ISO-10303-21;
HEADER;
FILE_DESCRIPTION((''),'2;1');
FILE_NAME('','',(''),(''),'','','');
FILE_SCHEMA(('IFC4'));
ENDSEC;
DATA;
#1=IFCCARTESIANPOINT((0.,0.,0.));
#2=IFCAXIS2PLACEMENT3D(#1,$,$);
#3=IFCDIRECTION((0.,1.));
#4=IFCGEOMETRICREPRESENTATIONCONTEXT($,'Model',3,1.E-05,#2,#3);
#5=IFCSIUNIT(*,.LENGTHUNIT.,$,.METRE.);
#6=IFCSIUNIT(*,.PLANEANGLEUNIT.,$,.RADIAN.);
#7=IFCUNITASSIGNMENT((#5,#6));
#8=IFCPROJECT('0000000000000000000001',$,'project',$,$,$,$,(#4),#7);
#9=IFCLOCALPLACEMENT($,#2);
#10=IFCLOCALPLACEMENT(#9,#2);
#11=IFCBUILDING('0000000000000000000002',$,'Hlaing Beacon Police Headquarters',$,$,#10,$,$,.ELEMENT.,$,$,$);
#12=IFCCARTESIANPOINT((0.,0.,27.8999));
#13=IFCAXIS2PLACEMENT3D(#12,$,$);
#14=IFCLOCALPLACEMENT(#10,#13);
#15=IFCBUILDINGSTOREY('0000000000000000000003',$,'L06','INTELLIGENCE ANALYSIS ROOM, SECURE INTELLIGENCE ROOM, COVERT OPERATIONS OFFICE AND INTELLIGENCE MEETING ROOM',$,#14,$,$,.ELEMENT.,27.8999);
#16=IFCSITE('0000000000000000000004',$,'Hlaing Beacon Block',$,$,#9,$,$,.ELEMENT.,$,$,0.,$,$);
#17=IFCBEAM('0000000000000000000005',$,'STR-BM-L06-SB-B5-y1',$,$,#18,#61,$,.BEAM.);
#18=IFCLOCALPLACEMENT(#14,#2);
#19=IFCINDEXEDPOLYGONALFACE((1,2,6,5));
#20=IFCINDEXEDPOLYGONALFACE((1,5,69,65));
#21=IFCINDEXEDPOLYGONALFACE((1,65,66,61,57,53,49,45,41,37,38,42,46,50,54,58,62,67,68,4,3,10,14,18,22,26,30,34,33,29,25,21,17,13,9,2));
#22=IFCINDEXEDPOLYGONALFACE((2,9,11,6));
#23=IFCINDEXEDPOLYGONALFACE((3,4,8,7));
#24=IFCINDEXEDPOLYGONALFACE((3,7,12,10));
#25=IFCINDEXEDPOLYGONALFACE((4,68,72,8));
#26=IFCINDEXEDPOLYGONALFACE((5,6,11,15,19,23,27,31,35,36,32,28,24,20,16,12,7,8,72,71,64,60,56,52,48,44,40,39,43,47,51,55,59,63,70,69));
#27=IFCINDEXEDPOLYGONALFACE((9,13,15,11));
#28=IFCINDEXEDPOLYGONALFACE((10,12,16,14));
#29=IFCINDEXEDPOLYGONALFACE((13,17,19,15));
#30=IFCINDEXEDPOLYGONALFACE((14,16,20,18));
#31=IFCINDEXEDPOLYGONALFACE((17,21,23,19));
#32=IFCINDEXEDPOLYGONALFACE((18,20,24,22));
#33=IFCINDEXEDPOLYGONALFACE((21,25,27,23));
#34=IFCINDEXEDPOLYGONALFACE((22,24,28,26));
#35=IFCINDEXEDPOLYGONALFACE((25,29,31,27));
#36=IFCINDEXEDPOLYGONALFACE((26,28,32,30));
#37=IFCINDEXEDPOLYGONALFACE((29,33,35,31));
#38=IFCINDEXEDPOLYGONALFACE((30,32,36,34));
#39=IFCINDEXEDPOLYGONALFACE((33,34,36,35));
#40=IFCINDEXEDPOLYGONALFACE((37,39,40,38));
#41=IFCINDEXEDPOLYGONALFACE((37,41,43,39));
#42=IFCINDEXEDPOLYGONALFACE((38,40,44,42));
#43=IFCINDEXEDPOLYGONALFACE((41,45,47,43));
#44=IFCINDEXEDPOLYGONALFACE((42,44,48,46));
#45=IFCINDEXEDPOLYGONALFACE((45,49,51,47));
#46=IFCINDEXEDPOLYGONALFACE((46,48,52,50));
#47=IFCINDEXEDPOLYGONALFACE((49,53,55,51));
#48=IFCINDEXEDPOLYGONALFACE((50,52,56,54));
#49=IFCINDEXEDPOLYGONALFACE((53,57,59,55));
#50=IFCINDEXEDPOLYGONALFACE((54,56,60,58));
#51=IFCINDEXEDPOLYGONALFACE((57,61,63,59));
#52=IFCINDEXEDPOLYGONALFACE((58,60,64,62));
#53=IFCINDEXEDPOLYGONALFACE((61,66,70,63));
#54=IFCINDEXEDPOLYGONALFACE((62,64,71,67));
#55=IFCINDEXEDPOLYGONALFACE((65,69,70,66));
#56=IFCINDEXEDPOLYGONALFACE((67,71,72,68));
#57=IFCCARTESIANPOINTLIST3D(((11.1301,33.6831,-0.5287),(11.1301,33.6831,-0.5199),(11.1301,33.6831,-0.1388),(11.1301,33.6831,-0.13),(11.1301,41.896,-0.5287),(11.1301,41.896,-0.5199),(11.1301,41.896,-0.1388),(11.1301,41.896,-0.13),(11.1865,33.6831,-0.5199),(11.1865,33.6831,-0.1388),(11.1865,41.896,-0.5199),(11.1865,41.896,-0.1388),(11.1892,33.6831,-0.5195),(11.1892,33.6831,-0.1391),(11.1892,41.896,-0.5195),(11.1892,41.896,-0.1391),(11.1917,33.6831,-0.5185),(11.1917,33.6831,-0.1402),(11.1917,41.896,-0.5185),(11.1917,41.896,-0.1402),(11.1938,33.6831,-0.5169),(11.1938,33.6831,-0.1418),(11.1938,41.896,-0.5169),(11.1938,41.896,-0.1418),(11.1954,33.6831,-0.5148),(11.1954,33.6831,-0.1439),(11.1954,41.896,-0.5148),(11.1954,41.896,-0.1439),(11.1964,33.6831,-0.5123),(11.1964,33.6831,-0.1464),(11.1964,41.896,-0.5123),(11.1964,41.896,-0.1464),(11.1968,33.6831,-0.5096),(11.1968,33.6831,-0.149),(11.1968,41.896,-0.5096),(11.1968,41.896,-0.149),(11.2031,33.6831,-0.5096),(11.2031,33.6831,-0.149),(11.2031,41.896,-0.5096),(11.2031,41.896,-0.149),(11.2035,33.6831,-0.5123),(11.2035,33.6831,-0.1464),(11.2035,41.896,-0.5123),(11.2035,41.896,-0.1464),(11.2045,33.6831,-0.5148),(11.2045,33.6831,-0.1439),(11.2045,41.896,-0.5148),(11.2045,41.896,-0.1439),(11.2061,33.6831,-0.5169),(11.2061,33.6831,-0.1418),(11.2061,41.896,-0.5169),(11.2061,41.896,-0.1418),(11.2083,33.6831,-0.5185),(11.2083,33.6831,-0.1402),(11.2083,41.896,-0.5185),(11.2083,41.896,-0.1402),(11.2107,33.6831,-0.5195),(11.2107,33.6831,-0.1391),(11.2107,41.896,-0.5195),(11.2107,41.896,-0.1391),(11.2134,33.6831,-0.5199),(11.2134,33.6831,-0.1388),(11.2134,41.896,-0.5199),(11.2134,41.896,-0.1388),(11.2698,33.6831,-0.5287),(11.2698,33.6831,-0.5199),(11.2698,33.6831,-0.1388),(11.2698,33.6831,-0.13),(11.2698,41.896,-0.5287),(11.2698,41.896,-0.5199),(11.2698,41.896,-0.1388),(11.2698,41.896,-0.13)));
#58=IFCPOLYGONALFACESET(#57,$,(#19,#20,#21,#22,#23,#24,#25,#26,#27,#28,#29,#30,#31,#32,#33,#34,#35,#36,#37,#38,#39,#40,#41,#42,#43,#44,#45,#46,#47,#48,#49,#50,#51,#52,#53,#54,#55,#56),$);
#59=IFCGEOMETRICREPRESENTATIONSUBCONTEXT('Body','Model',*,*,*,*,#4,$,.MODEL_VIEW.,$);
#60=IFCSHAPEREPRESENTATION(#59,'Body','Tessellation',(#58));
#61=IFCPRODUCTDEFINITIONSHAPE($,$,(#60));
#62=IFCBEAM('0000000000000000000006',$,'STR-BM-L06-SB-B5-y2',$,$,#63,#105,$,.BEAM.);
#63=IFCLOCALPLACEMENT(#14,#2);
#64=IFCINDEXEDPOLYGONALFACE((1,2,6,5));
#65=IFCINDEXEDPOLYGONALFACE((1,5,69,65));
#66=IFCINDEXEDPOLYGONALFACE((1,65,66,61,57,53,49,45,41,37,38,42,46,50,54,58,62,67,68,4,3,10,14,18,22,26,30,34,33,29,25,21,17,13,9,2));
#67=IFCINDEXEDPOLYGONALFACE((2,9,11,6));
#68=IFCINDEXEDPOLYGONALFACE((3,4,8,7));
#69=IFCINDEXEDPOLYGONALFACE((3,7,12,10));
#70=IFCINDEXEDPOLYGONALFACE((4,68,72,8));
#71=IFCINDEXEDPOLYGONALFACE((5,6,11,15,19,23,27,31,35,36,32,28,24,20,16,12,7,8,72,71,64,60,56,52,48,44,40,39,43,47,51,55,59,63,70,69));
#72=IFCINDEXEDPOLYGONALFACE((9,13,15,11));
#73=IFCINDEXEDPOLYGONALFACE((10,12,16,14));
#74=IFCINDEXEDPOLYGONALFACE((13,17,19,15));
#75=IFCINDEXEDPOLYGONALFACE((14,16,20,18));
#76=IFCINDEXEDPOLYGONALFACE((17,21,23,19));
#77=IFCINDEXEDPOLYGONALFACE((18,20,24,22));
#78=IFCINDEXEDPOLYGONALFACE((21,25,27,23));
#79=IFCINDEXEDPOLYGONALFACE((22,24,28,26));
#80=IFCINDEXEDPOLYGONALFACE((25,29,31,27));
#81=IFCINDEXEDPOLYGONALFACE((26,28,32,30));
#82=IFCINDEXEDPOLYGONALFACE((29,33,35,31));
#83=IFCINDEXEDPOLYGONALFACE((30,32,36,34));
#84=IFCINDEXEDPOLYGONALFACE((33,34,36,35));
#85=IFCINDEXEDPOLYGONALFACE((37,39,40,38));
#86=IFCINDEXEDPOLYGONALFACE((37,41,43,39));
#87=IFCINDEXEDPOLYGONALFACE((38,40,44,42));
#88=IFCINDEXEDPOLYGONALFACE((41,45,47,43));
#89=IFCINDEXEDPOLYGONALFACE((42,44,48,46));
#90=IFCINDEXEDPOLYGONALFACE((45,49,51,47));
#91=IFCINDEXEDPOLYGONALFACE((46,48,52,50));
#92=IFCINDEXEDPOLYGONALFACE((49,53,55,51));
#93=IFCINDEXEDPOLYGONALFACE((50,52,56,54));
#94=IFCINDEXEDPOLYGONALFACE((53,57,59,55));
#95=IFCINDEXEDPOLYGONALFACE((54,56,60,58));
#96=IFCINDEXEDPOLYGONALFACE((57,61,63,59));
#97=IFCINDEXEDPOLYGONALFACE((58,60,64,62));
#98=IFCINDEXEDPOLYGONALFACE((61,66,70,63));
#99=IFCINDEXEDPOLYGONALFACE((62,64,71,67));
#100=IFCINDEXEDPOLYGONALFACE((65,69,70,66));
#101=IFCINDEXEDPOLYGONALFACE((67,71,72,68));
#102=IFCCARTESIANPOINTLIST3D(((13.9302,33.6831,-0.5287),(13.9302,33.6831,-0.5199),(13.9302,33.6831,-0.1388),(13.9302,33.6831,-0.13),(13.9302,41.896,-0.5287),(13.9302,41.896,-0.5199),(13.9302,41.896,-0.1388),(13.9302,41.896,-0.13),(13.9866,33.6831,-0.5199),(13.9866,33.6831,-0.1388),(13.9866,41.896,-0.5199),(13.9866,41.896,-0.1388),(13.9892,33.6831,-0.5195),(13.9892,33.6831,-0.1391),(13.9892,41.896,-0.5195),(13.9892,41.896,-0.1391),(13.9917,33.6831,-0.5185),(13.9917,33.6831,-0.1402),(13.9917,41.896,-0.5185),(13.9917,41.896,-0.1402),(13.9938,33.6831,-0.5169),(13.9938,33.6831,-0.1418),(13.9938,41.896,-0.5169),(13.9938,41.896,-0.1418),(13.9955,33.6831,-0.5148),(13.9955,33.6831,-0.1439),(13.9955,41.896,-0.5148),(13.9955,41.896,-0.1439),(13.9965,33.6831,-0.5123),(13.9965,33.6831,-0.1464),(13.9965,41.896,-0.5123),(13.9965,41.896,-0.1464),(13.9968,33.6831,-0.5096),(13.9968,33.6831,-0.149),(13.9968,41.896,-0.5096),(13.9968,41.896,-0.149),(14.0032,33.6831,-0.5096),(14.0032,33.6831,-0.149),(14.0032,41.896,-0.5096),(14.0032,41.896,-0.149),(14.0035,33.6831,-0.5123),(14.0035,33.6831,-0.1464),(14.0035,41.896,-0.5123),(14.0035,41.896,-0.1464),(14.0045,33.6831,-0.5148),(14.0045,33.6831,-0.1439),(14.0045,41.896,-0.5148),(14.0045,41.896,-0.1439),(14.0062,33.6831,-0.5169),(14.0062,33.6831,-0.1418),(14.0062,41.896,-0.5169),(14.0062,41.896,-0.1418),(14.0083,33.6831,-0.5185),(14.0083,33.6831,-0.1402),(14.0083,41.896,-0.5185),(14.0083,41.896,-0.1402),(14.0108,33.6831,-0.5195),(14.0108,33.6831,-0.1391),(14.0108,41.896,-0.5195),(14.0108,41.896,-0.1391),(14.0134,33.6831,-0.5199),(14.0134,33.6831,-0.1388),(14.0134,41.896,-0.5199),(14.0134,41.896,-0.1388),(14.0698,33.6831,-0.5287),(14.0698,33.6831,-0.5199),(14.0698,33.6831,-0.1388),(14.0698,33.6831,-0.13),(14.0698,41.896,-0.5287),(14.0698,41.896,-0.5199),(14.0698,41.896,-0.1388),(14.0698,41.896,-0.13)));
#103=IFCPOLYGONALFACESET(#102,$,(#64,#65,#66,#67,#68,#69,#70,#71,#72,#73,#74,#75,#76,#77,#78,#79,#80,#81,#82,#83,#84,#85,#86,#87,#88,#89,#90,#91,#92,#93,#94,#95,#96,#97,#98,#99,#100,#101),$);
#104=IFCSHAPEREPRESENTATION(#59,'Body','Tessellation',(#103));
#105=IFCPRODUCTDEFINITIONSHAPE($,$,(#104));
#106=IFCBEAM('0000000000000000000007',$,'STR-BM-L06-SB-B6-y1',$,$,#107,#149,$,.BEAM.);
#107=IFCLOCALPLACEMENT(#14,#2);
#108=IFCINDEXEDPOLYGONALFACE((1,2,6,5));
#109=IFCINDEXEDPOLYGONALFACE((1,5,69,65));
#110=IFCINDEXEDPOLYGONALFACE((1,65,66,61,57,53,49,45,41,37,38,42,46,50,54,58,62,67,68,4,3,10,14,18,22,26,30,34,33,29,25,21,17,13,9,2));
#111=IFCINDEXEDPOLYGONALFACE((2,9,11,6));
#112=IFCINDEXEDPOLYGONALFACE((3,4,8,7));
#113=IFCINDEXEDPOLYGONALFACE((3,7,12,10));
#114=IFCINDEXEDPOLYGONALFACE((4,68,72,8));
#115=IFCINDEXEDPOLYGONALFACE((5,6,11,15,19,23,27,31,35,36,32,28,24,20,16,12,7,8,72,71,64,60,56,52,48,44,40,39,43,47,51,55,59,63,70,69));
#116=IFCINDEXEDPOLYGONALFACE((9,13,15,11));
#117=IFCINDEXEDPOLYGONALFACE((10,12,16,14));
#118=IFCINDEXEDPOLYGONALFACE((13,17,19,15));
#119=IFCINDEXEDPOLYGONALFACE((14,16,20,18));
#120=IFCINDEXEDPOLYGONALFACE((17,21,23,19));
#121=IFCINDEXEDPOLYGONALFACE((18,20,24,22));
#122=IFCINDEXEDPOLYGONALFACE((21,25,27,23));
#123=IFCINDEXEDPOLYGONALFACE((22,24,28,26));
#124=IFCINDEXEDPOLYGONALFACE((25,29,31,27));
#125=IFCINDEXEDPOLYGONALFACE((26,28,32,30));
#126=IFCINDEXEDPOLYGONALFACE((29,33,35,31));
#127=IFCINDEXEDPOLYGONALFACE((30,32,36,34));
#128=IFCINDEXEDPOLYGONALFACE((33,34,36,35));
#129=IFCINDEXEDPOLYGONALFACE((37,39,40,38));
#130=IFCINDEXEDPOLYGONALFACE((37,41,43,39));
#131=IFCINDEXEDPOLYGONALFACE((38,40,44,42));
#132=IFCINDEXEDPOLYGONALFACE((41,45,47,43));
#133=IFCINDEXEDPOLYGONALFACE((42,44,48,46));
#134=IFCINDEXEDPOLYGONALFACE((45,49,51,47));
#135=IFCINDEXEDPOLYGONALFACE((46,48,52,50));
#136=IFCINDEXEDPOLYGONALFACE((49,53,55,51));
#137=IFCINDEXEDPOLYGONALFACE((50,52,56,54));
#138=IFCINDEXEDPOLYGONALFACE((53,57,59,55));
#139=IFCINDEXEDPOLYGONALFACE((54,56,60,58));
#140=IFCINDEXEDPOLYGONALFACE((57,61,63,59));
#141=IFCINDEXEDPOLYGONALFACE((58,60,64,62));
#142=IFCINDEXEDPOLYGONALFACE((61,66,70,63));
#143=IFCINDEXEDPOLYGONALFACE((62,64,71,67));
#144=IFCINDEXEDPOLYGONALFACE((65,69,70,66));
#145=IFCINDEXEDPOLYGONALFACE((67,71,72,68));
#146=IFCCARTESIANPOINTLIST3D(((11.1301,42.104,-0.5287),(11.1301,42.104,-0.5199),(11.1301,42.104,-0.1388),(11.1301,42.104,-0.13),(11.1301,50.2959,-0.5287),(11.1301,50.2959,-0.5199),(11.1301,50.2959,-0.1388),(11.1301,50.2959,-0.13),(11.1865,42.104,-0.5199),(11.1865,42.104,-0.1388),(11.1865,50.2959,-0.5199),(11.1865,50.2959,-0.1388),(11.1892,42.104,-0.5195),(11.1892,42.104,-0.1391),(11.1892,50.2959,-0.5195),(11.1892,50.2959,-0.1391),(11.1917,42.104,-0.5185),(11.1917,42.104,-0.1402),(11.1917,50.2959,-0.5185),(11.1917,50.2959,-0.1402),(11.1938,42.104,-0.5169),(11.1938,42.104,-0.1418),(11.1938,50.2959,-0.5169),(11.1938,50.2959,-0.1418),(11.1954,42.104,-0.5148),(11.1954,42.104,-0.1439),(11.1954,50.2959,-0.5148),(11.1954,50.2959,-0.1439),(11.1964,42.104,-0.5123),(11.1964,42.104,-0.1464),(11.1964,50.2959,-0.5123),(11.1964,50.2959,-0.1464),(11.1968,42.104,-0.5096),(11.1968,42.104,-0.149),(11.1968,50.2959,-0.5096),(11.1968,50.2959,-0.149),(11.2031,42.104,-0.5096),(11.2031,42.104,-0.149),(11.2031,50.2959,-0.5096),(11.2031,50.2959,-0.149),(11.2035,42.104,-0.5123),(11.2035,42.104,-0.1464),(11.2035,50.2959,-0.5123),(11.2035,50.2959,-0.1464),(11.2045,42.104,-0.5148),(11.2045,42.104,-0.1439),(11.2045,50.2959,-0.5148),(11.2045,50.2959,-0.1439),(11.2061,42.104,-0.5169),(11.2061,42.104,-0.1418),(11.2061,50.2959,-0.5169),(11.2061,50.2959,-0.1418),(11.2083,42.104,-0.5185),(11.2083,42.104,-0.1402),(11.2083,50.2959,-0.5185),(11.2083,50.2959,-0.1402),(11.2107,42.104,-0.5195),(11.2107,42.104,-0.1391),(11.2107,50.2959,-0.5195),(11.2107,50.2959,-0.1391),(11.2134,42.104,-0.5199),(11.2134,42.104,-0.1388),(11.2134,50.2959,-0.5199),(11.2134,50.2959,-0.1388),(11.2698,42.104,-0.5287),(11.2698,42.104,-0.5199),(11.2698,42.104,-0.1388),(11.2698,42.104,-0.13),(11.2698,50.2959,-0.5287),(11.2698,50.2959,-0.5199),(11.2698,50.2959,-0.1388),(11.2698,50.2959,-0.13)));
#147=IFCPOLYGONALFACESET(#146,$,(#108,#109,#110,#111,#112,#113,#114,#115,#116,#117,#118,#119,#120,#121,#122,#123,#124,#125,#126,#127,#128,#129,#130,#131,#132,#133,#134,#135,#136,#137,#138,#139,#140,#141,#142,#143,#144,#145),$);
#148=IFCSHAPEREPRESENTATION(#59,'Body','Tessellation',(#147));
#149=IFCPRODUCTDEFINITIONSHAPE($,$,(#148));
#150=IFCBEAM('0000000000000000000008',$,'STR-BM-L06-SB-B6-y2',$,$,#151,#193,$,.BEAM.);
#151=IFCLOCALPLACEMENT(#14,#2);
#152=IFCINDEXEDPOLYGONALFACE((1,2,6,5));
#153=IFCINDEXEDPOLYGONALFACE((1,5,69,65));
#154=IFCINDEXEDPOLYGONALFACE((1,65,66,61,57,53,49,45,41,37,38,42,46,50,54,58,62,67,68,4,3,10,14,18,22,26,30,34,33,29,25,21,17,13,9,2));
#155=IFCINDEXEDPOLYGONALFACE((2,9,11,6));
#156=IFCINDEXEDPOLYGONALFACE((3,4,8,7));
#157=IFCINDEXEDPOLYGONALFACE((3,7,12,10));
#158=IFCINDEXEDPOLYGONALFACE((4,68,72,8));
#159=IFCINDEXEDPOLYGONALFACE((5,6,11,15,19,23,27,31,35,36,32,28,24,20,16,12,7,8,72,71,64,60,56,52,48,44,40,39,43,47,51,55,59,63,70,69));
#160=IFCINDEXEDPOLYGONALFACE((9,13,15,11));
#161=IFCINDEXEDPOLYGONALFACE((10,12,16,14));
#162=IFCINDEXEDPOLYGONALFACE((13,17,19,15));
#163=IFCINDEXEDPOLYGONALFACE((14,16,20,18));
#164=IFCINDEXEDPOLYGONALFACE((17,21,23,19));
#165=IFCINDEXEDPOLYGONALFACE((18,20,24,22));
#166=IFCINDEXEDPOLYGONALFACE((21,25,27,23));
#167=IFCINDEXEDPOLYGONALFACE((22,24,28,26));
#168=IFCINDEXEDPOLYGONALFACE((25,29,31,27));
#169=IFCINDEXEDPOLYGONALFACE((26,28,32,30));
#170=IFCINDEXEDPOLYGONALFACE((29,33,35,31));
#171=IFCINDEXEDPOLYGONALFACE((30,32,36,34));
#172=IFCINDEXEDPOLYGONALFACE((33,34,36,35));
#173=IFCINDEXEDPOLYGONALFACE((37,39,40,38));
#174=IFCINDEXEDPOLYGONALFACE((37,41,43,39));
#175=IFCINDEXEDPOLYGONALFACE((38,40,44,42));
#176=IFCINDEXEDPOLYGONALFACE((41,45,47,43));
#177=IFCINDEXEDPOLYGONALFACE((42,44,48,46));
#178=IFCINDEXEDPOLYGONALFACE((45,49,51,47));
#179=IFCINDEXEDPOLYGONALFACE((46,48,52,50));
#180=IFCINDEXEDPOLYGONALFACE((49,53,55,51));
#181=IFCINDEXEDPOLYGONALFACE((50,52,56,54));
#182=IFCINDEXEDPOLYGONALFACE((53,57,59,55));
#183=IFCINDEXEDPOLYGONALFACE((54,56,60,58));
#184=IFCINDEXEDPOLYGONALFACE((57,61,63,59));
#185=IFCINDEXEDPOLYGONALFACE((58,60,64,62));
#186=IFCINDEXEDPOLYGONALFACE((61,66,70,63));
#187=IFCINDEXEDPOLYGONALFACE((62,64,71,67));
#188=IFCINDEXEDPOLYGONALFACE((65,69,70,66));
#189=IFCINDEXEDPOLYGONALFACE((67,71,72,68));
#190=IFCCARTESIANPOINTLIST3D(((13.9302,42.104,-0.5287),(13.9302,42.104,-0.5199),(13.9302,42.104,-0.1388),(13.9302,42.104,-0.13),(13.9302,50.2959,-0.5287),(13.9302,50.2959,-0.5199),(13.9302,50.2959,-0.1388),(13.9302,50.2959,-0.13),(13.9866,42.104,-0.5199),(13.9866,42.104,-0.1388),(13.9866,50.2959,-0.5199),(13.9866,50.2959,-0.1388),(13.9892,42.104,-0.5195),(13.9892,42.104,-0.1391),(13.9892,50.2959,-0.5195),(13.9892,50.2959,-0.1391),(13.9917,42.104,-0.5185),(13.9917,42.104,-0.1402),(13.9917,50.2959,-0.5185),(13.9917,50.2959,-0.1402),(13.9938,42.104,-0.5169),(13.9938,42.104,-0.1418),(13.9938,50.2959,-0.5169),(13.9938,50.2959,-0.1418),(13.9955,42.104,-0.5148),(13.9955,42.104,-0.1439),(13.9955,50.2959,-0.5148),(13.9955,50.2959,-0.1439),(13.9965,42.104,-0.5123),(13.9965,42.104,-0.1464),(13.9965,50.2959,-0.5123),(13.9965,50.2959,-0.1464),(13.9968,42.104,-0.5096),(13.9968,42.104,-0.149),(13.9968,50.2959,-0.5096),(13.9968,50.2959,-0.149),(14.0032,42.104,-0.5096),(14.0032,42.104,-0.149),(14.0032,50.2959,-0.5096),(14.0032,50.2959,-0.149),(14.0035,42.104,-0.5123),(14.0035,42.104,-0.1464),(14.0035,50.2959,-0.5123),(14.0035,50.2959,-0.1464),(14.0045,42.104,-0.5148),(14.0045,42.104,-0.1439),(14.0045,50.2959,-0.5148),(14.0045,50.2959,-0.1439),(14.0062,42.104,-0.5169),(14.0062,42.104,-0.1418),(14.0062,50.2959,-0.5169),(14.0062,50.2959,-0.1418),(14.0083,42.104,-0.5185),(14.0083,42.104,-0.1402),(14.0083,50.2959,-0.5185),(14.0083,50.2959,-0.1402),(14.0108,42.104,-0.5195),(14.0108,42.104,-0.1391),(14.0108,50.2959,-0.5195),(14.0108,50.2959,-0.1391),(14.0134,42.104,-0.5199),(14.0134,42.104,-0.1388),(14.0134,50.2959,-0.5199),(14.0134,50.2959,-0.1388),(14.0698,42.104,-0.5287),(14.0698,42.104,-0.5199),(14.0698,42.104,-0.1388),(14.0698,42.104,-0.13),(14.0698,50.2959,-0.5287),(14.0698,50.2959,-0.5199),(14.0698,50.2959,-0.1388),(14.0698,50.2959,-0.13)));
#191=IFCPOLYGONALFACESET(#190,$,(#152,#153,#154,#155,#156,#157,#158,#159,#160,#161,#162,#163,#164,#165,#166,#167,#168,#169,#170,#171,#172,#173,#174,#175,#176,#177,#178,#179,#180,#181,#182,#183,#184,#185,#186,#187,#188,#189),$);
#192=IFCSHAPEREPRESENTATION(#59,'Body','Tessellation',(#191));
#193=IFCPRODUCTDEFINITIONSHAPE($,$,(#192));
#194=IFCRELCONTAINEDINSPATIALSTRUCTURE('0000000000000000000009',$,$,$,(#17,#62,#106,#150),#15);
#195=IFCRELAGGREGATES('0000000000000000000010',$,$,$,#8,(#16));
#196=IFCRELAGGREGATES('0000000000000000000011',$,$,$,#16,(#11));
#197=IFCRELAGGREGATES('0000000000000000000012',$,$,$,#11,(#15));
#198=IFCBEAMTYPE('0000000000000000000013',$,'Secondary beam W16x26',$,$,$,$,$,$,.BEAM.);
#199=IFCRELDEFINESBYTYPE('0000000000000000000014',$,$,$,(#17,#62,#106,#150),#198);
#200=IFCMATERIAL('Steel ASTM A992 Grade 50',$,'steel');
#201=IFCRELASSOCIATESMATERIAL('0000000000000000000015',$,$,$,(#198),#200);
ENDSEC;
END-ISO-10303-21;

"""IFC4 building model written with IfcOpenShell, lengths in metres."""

from ifc_helpers import new_model, si_unit, direction, frame, origin, origin_2d, place, context, subcontext, project, spatial, i_section, extrude, material, material_profile, profile_set, type_object, element, save


model = new_model("IFC4")

# Units and contexts
model_context = context("Model", 3, precision=1e-05, world=origin(), true_north=direction((0.0, 1.0)))
body_context = subcontext(model_context, "Body", "Model", "MODEL_VIEW")
ifc_project = project(units=[si_unit("LENGTHUNIT", "METRE"), si_unit("PLANEANGLEUNIT", "RADIAN")], contexts=[model_context])

# Site, building, storey
site_placement = place(None, origin())
site = spatial("IfcSite", under=ifc_project, at=site_placement, Name="Hlaing Beacon Block", CompositionType="ELEMENT", RefElevation=0.0)
building_placement = place(site_placement, origin())
building = spatial("IfcBuilding", under=site, at=building_placement, Name="Hlaing Beacon Police Headquarters", CompositionType="ELEMENT")
storey_placement = place(building_placement, frame((0.0, 0.0, 27.8999)))
storey = spatial("IfcBuildingStorey", under=building, at=storey_placement, Name="L06", Description="INTELLIGENCE ANALYSIS ROOM, SECURE INTELLIGENCE ROOM, COVERT OPERATIONS OFFICE AND INTELLIGENCE MEETING ROOM", CompositionType="ELEMENT", Elevation=27.8999)

# Beams
ifc_material_1 = material(Name="Steel ASTM A992 Grade 50", Category="steel")
ifc_material_profile_1 = material_profile(ifc_material_1, i_section(OverallWidth=0.1396, OverallDepth=0.3987, WebThickness=0.0063, FlangeThickness=0.0088, FilletRadius=0.0103, at=origin_2d()), Name="W16x26")
ifc_profile_set_1 = profile_set([ifc_material_profile_1], Name="Steel ASTM A992 Grade 50")
beam_type_1 = type_object("IfcBeamType", Name="Secondary beam W16x26", PredefinedType="BEAM", material=ifc_profile_set_1)
for number, where, z_axis, x_axis, name in (
    (1, (11.2, 33.6831, -0.3293), (0.0, 1.0, 0.0), (-1.0, 0.0, 0.0), "STR-BM-L06-SB-B5-y1"),
    (2, (14.0, 33.6831, -0.3293), (0.0, 1.0, 0.0), (-1.0, 0.0, 0.0), "STR-BM-L06-SB-B5-y2"),
):
    element("IfcBeam", number, at=place(storey_placement, frame(where, z_axis=z_axis, x_axis=x_axis)), inside=storey, type_object=beam_type_1, Name=name, PredefinedType="BEAM", context=body_context, shape_type="SweptSolid", body=[
        extrude(i_section(OverallWidth=0.1396, OverallDepth=0.3987, WebThickness=0.0063, FlangeThickness=0.0088, FilletRadius=0.0103, at=origin_2d()), origin(), (0.0, 0.0, 1.0), 8.2129),
    ])
for number, where, z_axis, x_axis, name in (
    (3, (11.2, 42.104, -0.3293), (0.0, 1.0, 0.0), (-1.0, 0.0, 0.0), "STR-BM-L06-SB-B6-y1"),
    (4, (14.0, 42.104, -0.3293), (0.0, 1.0, 0.0), (-1.0, 0.0, 0.0), "STR-BM-L06-SB-B6-y2"),
):
    element("IfcBeam", number, at=place(storey_placement, frame(where, z_axis=z_axis, x_axis=x_axis)), inside=storey, type_object=beam_type_1, Name=name, PredefinedType="BEAM", context=body_context, shape_type="SweptSolid", body=[
        extrude(i_section(OverallWidth=0.1396, OverallDepth=0.3987, WebThickness=0.0063, FlangeThickness=0.0088, FilletRadius=0.0103, at=origin_2d()), origin(), (0.0, 0.0, 1.0), 8.1919),
    ])

save(model, "model.ifc")
